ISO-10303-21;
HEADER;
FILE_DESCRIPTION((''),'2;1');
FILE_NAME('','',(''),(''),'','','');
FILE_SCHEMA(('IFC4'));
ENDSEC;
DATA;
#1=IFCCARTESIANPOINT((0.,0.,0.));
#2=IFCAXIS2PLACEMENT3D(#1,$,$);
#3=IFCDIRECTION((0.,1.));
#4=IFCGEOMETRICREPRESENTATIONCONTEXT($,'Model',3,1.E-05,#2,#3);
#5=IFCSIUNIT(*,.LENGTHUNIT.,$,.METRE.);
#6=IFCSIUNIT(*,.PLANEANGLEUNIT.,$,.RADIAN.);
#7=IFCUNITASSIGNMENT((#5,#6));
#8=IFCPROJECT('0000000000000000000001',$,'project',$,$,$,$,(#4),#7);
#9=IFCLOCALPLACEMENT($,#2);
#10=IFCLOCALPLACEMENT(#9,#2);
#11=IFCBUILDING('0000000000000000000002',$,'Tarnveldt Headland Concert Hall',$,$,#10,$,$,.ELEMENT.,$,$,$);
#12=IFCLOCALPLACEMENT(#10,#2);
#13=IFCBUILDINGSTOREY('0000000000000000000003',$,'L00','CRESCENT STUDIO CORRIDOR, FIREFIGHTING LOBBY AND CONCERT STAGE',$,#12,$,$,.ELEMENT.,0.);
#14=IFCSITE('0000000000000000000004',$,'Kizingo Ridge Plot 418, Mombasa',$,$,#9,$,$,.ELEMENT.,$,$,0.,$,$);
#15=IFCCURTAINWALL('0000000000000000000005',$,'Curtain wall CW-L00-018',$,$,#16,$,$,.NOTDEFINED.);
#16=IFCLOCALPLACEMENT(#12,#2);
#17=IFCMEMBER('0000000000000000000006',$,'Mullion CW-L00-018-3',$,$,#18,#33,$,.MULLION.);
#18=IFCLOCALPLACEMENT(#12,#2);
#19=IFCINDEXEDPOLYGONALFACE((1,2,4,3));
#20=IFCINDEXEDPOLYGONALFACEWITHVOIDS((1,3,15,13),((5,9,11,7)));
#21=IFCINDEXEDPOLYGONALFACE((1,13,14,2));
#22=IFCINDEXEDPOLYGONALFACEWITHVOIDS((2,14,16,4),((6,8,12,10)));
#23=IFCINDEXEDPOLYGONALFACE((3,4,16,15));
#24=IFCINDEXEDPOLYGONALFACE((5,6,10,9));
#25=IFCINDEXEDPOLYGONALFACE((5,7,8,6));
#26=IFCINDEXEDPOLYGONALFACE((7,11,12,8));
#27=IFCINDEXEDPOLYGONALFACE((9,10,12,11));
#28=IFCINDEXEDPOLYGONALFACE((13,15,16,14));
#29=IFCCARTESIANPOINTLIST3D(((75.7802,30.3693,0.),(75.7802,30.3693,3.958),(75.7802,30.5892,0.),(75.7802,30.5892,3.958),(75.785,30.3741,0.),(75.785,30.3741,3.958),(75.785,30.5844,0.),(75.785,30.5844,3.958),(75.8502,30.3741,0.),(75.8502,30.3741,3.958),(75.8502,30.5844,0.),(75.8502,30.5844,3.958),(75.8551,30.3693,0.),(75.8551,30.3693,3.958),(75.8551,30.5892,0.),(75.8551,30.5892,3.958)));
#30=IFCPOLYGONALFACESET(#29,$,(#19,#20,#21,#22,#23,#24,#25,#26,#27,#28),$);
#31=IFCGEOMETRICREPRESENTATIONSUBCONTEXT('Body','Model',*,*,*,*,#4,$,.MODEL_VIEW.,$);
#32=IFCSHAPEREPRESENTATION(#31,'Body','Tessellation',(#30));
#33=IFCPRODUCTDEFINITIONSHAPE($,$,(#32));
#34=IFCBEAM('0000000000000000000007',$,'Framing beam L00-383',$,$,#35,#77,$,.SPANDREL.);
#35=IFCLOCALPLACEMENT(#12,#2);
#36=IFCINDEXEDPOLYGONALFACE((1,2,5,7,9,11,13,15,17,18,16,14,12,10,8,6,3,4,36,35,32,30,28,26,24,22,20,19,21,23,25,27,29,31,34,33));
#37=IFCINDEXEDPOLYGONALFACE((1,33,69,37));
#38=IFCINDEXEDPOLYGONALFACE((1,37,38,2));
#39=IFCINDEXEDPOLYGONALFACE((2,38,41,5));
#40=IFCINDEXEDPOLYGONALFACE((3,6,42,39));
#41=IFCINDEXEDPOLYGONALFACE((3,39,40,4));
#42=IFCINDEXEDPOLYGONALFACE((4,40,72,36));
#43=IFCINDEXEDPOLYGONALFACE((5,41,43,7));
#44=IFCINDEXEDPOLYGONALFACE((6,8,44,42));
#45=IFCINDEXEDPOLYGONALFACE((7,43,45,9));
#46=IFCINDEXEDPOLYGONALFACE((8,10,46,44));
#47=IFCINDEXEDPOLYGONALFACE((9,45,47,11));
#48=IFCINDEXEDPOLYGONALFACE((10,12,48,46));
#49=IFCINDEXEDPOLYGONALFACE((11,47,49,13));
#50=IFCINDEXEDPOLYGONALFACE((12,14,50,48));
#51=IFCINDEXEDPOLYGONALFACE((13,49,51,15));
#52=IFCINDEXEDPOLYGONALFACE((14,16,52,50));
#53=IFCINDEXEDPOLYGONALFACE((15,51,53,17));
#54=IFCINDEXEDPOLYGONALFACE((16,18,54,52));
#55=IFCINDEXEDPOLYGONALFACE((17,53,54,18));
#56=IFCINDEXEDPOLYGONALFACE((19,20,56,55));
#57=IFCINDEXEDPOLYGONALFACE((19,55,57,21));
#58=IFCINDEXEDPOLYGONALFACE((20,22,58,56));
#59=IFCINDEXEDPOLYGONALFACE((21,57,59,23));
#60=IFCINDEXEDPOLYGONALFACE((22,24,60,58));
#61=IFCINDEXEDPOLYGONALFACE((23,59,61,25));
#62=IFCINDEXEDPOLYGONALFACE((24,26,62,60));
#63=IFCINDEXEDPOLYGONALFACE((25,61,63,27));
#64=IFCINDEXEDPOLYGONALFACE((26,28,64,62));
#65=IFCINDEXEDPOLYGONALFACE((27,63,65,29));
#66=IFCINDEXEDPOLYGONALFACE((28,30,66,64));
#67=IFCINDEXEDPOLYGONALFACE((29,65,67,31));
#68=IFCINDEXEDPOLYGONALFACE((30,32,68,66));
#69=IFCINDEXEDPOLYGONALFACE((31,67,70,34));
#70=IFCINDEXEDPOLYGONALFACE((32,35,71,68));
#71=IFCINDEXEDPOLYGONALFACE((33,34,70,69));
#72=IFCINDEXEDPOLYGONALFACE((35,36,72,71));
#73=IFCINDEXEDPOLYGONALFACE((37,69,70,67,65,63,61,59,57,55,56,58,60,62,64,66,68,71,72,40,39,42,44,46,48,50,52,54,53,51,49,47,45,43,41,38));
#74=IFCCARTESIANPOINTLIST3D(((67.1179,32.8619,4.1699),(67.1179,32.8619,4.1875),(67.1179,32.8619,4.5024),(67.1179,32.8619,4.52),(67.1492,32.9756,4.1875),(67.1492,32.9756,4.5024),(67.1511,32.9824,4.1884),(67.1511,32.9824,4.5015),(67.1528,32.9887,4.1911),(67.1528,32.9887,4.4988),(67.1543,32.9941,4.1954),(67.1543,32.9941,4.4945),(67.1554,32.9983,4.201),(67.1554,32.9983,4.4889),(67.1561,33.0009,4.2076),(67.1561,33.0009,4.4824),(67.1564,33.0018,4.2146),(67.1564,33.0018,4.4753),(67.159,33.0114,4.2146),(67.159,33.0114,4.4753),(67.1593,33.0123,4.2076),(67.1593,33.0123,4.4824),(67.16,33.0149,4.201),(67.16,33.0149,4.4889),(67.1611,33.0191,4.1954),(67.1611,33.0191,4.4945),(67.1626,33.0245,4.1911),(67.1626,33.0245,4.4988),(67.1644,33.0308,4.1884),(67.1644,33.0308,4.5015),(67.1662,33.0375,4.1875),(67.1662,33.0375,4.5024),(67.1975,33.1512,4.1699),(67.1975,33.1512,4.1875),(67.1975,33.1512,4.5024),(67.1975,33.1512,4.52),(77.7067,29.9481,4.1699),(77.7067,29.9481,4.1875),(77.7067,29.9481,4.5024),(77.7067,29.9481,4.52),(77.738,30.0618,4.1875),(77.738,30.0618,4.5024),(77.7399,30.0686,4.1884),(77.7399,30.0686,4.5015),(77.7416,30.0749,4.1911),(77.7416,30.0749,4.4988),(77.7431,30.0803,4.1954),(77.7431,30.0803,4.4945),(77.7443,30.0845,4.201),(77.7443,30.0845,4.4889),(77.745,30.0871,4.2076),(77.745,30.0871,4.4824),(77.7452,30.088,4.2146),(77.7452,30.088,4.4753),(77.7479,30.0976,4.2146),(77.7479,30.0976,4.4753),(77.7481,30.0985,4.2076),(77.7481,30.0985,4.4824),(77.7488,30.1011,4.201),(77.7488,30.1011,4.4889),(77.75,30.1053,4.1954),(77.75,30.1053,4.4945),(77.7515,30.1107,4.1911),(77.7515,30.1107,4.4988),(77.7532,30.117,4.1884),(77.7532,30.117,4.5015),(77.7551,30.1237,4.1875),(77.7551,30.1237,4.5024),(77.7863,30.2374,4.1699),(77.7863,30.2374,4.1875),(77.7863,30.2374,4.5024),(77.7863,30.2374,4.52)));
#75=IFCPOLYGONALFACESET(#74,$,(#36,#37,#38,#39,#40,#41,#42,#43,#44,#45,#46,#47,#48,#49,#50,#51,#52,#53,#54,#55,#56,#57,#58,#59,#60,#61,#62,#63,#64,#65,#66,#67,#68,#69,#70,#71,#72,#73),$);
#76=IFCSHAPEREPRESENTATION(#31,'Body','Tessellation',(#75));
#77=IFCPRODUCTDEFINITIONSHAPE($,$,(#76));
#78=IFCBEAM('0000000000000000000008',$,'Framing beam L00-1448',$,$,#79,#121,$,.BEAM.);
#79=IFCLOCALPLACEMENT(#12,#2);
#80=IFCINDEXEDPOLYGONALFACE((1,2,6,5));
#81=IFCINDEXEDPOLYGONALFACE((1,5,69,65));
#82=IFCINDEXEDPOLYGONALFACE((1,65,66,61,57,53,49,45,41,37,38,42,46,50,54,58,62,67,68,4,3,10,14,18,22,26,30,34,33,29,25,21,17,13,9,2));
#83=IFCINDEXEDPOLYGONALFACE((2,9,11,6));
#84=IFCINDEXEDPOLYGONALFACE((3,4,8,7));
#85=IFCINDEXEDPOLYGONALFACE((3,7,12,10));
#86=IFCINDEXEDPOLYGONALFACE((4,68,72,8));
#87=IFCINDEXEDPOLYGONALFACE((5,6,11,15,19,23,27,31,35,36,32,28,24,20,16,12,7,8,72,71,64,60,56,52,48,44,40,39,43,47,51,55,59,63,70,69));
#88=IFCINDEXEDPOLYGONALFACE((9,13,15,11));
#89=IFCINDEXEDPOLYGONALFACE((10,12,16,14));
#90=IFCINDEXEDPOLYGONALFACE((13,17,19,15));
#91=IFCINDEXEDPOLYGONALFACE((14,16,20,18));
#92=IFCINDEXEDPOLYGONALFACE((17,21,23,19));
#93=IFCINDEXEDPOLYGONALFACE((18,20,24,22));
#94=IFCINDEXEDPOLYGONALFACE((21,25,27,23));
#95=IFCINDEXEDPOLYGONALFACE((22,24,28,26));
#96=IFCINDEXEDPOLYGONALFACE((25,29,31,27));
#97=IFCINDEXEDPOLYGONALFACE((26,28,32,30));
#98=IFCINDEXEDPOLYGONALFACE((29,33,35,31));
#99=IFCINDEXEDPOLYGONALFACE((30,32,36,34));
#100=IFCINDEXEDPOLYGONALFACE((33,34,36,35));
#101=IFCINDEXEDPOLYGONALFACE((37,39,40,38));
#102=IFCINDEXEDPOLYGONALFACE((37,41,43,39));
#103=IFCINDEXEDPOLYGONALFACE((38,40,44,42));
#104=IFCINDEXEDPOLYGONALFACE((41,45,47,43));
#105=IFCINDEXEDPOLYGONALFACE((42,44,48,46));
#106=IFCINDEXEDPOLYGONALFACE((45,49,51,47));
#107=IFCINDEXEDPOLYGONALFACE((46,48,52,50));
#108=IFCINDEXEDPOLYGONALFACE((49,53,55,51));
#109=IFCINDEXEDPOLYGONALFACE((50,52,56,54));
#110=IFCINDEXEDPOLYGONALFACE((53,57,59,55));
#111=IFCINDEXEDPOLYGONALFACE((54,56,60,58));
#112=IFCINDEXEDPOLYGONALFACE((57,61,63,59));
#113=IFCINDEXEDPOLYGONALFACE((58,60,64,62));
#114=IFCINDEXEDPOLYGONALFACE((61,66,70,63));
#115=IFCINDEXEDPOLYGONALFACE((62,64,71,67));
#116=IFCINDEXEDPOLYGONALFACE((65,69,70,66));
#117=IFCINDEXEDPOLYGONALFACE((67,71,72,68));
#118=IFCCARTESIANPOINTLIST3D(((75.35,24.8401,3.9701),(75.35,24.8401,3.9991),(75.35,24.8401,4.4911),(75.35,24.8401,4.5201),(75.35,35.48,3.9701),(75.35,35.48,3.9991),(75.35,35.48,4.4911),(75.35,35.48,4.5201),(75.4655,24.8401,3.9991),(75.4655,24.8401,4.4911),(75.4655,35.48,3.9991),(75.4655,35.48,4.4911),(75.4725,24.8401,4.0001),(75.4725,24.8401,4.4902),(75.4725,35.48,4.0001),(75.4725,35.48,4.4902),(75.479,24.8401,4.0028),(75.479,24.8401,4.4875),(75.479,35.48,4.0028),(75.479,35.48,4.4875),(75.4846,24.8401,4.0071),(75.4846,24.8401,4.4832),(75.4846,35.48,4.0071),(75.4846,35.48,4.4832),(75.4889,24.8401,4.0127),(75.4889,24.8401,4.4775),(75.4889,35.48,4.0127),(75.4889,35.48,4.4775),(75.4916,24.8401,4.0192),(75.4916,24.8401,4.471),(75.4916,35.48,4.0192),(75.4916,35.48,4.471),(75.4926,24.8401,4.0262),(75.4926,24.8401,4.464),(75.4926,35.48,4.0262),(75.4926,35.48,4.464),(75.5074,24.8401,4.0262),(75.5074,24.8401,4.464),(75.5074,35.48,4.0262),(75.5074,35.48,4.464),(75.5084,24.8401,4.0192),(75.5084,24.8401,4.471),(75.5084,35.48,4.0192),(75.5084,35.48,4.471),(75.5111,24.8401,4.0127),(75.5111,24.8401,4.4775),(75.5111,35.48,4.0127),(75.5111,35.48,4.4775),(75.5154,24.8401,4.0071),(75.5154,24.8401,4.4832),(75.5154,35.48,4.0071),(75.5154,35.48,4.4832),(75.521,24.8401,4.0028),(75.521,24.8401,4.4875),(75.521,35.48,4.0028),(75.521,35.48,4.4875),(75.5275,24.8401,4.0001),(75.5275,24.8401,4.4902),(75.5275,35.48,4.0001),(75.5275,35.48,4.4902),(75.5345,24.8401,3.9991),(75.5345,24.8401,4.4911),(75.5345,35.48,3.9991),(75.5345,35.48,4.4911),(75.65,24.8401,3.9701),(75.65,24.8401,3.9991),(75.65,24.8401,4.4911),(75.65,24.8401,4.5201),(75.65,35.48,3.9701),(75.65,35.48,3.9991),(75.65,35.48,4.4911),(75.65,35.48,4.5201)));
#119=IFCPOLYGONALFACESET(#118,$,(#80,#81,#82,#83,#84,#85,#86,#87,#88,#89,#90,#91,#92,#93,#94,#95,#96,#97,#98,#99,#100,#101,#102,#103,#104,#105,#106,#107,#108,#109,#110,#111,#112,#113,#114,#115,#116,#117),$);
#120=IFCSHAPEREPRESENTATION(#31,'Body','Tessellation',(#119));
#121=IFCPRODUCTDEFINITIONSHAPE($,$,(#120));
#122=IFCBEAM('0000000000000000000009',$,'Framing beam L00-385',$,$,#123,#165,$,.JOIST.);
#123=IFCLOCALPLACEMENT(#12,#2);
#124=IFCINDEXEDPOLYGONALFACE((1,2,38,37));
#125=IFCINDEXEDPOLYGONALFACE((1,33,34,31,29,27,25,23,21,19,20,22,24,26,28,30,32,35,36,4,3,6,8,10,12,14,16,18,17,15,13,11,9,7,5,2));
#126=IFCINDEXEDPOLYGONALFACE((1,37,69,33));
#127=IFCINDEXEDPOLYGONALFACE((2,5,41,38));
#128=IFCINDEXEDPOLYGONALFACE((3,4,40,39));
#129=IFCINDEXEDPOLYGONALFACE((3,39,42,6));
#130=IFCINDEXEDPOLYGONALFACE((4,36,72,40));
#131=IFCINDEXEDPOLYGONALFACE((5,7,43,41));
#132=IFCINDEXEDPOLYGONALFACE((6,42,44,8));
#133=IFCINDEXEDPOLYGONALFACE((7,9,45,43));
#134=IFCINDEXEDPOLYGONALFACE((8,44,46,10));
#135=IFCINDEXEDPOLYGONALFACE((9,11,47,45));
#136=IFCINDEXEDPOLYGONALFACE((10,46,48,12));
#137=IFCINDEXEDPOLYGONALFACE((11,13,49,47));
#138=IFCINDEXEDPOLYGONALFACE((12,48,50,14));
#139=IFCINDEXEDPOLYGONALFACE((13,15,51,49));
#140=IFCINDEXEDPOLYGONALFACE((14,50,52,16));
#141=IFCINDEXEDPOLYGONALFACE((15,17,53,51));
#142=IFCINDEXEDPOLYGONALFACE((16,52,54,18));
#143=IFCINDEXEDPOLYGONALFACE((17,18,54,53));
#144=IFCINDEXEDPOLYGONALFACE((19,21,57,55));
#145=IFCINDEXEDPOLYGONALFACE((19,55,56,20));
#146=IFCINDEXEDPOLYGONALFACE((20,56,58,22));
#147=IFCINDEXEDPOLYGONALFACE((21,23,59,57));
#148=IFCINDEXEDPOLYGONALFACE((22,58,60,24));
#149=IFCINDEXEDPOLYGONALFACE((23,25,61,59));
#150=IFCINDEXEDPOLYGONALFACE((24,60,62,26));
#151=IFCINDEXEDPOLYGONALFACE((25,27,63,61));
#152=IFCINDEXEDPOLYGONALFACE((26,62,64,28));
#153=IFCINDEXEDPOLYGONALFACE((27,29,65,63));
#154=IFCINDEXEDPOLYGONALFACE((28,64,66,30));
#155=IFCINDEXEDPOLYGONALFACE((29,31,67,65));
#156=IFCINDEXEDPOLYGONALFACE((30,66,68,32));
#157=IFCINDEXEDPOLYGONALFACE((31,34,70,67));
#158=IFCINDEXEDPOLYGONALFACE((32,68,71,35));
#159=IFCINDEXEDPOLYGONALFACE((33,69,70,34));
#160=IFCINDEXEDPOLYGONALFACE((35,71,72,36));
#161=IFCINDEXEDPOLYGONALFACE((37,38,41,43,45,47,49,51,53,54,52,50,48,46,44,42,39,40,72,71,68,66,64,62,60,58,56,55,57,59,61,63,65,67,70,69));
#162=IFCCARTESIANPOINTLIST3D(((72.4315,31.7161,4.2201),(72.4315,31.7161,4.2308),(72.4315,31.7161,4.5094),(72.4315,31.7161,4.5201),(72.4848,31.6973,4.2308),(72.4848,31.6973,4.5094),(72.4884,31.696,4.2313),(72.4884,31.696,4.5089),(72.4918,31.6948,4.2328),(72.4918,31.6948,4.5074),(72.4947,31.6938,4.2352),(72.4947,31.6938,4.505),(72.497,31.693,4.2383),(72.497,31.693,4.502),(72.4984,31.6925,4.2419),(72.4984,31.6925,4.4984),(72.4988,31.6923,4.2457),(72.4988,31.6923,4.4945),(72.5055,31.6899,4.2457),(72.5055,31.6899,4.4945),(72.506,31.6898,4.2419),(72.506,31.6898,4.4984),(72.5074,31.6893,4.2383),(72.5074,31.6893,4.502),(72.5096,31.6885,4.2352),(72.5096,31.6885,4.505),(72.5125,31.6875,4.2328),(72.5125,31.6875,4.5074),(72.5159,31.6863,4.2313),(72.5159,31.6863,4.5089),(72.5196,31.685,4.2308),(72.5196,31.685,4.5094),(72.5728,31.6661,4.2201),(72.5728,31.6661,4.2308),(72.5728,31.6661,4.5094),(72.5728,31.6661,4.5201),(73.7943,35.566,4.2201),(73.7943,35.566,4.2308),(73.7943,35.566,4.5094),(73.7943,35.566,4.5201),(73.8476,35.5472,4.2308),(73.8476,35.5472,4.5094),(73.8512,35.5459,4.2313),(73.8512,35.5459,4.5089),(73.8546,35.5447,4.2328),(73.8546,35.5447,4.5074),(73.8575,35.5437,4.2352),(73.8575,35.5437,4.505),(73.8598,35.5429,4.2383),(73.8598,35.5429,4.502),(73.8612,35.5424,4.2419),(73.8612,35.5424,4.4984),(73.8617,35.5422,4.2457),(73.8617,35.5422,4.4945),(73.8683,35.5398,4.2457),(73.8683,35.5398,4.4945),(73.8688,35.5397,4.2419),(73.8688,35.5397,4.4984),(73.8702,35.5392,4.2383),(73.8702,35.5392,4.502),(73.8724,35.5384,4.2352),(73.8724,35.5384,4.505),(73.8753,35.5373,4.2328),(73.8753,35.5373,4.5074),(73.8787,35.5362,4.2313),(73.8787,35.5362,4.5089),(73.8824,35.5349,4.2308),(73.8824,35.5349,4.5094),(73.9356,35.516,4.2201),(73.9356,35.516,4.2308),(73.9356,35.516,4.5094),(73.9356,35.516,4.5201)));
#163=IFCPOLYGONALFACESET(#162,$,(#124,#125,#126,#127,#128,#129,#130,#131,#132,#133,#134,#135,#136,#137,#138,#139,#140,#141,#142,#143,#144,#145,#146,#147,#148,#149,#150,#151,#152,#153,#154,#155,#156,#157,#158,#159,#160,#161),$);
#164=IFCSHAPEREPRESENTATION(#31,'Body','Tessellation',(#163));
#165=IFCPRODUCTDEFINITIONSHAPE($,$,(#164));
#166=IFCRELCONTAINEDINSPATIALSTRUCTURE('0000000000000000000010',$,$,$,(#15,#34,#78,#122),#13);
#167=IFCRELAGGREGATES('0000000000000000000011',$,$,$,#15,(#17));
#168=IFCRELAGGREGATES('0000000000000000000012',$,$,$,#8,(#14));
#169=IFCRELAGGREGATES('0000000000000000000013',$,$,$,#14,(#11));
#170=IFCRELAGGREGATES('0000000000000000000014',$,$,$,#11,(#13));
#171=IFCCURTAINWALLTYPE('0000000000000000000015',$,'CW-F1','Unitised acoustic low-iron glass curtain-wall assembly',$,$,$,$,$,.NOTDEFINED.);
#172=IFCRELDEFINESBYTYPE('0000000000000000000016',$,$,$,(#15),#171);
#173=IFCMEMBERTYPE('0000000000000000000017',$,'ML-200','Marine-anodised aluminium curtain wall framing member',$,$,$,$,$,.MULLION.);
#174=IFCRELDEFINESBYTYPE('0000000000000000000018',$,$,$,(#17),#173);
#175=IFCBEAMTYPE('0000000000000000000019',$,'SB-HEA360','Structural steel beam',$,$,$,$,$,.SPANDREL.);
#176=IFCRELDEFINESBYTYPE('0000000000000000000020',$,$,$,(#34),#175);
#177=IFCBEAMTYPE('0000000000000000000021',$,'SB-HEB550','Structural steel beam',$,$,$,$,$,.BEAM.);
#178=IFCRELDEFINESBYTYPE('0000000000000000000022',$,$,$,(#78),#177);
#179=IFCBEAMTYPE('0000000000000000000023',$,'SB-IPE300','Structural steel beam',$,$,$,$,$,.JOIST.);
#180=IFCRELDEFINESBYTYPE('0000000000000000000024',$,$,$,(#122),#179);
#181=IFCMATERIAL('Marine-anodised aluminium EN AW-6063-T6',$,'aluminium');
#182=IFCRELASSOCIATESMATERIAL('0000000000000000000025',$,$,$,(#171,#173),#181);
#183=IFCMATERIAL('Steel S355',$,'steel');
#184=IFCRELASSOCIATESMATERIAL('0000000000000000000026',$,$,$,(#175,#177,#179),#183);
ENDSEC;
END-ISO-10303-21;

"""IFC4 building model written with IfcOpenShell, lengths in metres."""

from ifc_helpers import new_model, si_unit, direction, frame, origin, origin_2d, place, context, subcontext, project, spatial, hollow_rectangle, i_section, extrude, material, material_profile, profile_set, type_object, element, aggregate, save


model = new_model("IFC4")

# Units and contexts
model_context = context("Model", 3, precision=1e-05, world=origin(), true_north=direction((0.0, 1.0)))
body_context = subcontext(model_context, "Body", "Model", "MODEL_VIEW")
ifc_project = project(units=[si_unit("LENGTHUNIT", "METRE"), si_unit("PLANEANGLEUNIT", "RADIAN")], contexts=[model_context])

# Site, building, storey
site_placement = place(None, origin())
site = spatial("IfcSite", under=ifc_project, at=site_placement, Name="Kizingo Ridge Plot 418, Mombasa", CompositionType="ELEMENT", RefElevation=0.0)
building_placement = place(site_placement, origin())
building = spatial("IfcBuilding", under=site, at=building_placement, Name="Tarnveldt Headland Concert Hall", CompositionType="ELEMENT")
storey_placement = place(building_placement, origin())
storey = spatial("IfcBuildingStorey", under=building, at=storey_placement, Name="L00", Description="CRESCENT STUDIO CORRIDOR, FIREFIGHTING LOBBY AND CONCERT STAGE", CompositionType="ELEMENT", Elevation=0.0)

# Shared definitions
ifc_material_1 = material(Name="Steel S355", Category="steel")

# Shared definitions
ifc_material_2 = material(Name="Marine-anodised aluminium EN AW-6063-T6", Category="aluminium")

# Curtain wall, member
curtain_wall_type_1 = type_object("IfcCurtainWallType", Name="CW-F1", Description="Unitised acoustic low-iron glass curtain-wall assembly", PredefinedType="NOTDEFINED", material=ifc_material_2)
curtain_wall_1_placement = place(storey_placement, origin())
curtain_wall_1 = element("IfcCurtainWall", 1, at=curtain_wall_1_placement, inside=storey, type_object=curtain_wall_type_1, Name="Curtain wall CW-L00-018", PredefinedType="NOTDEFINED")
ifc_material_profile_1 = material_profile(ifc_material_2, hollow_rectangle(XDim=0.075, YDim=0.22, WallThickness=0.0049, at=origin_2d()), Name="ALU MULLION 75x220x5", Category="aluminium")
ifc_profile_set_1 = profile_set([ifc_material_profile_1], Name="Marine-anodised aluminium EN AW-6063-T6")
member_type_1 = type_object("IfcMemberType", Name="ML-200", Description="Marine-anodised aluminium curtain wall framing member", PredefinedType="MULLION", material=ifc_profile_set_1)
member_1_placement = place(storey_placement, frame((75.8176, 30.4792, 0.0), z_axis=(0.0, 0.0, 1.0), x_axis=(1.0, 0.0, 0.0)))
member_1 = element("IfcMember", 2, at=member_1_placement, type_object=member_type_1, Name="Mullion CW-L00-018-3", PredefinedType="MULLION", context=body_context, shape_type="SweptSolid", body=[
    extrude(hollow_rectangle(XDim=0.075, YDim=0.22, WallThickness=0.0049, at=origin_2d()), origin(), (0.0, 0.0, 1.0), 3.958),
])

# Beams
ifc_material_profile_2 = material_profile(ifc_material_1, i_section(OverallWidth=0.3, OverallDepth=0.3501, WebThickness=0.01, FlangeThickness=0.0176, FilletRadius=0.0271, at=origin_2d()), Name="HEA360", Category="steel")
ifc_profile_set_2 = profile_set([ifc_material_profile_2], Name="Steel S355")
beam_type_1 = type_object("IfcBeamType", Name="SB-HEA360", Description="Structural steel beam", PredefinedType="SPANDREL", material=ifc_profile_set_2)
beam_1_placement = place(storey_placement, frame((67.1577, 33.0066, 4.345), z_axis=(0.964162, -0.265316, 0.0), x_axis=(0.265316, 0.964162, 0.0)))
element("IfcBeam", 3, at=beam_1_placement, inside=storey, type_object=beam_type_1, Name="Framing beam L00-383", PredefinedType="SPANDREL", context=body_context, shape_type="SweptSolid", body=[
    extrude(i_section(OverallWidth=0.3, OverallDepth=0.3501, WebThickness=0.01, FlangeThickness=0.0176, FilletRadius=0.0271, at=origin_2d()), origin(), (0.0, 0.0, 1.0), 10.9824),
])
ifc_material_profile_3 = material_profile(ifc_material_1, i_section(OverallWidth=0.3, OverallDepth=0.55, WebThickness=0.0149, FlangeThickness=0.0291, FilletRadius=0.0271, at=origin_2d()), Name="HEB550", Category="steel")
ifc_profile_set_3 = profile_set([ifc_material_profile_3], Name="Steel S355")
beam_type_2 = type_object("IfcBeamType", Name="SB-HEB550", Description="Structural steel beam", PredefinedType="BEAM", material=ifc_profile_set_3)
beam_2_placement = place(storey_placement, frame((75.5, 35.48, 4.2451), z_axis=(0.0, -1.0, 0.0), x_axis=(1.0, 0.0, 0.0)))
element("IfcBeam", 4, at=beam_2_placement, inside=storey, type_object=beam_type_2, Name="Framing beam L00-1448", PredefinedType="BEAM", context=body_context, shape_type="SweptSolid", body=[
    extrude(i_section(OverallWidth=0.3, OverallDepth=0.55, WebThickness=0.0149, FlangeThickness=0.0291, FilletRadius=0.0271, at=origin_2d()), origin(), (0.0, 0.0, 1.0), 10.6399),
])
ifc_material_profile_4 = material_profile(ifc_material_1, i_section(OverallWidth=0.1499, OverallDepth=0.3, WebThickness=0.0071, FlangeThickness=0.0107, FilletRadius=0.0149, at=origin_2d()), Name="IPE300", Category="steel")
ifc_profile_set_4 = profile_set([ifc_material_profile_4], Name="Steel S355")
beam_type_3 = type_object("IfcBeamType", Name="SB-IPE300", Description="Structural steel beam", PredefinedType="JOIST", material=ifc_profile_set_4)
beam_3_placement = place(storey_placement, frame((73.865, 35.541, 4.3701), z_axis=(-0.333696, -0.942681, 0.0), x_axis=(0.942681, -0.333696, 0.0)))
element("IfcBeam", 5, at=beam_3_placement, inside=storey, type_object=beam_type_3, Name="Framing beam L00-385", PredefinedType="JOIST", context=body_context, shape_type="SweptSolid", body=[
    extrude(i_section(OverallWidth=0.1499, OverallDepth=0.3, WebThickness=0.0071, FlangeThickness=0.0107, FilletRadius=0.0149, at=origin_2d()), origin(), (0.0, 0.0, 1.0), 4.084),
])

aggregate(curtain_wall_1, [member_1])

save(model, "model.ifc")
